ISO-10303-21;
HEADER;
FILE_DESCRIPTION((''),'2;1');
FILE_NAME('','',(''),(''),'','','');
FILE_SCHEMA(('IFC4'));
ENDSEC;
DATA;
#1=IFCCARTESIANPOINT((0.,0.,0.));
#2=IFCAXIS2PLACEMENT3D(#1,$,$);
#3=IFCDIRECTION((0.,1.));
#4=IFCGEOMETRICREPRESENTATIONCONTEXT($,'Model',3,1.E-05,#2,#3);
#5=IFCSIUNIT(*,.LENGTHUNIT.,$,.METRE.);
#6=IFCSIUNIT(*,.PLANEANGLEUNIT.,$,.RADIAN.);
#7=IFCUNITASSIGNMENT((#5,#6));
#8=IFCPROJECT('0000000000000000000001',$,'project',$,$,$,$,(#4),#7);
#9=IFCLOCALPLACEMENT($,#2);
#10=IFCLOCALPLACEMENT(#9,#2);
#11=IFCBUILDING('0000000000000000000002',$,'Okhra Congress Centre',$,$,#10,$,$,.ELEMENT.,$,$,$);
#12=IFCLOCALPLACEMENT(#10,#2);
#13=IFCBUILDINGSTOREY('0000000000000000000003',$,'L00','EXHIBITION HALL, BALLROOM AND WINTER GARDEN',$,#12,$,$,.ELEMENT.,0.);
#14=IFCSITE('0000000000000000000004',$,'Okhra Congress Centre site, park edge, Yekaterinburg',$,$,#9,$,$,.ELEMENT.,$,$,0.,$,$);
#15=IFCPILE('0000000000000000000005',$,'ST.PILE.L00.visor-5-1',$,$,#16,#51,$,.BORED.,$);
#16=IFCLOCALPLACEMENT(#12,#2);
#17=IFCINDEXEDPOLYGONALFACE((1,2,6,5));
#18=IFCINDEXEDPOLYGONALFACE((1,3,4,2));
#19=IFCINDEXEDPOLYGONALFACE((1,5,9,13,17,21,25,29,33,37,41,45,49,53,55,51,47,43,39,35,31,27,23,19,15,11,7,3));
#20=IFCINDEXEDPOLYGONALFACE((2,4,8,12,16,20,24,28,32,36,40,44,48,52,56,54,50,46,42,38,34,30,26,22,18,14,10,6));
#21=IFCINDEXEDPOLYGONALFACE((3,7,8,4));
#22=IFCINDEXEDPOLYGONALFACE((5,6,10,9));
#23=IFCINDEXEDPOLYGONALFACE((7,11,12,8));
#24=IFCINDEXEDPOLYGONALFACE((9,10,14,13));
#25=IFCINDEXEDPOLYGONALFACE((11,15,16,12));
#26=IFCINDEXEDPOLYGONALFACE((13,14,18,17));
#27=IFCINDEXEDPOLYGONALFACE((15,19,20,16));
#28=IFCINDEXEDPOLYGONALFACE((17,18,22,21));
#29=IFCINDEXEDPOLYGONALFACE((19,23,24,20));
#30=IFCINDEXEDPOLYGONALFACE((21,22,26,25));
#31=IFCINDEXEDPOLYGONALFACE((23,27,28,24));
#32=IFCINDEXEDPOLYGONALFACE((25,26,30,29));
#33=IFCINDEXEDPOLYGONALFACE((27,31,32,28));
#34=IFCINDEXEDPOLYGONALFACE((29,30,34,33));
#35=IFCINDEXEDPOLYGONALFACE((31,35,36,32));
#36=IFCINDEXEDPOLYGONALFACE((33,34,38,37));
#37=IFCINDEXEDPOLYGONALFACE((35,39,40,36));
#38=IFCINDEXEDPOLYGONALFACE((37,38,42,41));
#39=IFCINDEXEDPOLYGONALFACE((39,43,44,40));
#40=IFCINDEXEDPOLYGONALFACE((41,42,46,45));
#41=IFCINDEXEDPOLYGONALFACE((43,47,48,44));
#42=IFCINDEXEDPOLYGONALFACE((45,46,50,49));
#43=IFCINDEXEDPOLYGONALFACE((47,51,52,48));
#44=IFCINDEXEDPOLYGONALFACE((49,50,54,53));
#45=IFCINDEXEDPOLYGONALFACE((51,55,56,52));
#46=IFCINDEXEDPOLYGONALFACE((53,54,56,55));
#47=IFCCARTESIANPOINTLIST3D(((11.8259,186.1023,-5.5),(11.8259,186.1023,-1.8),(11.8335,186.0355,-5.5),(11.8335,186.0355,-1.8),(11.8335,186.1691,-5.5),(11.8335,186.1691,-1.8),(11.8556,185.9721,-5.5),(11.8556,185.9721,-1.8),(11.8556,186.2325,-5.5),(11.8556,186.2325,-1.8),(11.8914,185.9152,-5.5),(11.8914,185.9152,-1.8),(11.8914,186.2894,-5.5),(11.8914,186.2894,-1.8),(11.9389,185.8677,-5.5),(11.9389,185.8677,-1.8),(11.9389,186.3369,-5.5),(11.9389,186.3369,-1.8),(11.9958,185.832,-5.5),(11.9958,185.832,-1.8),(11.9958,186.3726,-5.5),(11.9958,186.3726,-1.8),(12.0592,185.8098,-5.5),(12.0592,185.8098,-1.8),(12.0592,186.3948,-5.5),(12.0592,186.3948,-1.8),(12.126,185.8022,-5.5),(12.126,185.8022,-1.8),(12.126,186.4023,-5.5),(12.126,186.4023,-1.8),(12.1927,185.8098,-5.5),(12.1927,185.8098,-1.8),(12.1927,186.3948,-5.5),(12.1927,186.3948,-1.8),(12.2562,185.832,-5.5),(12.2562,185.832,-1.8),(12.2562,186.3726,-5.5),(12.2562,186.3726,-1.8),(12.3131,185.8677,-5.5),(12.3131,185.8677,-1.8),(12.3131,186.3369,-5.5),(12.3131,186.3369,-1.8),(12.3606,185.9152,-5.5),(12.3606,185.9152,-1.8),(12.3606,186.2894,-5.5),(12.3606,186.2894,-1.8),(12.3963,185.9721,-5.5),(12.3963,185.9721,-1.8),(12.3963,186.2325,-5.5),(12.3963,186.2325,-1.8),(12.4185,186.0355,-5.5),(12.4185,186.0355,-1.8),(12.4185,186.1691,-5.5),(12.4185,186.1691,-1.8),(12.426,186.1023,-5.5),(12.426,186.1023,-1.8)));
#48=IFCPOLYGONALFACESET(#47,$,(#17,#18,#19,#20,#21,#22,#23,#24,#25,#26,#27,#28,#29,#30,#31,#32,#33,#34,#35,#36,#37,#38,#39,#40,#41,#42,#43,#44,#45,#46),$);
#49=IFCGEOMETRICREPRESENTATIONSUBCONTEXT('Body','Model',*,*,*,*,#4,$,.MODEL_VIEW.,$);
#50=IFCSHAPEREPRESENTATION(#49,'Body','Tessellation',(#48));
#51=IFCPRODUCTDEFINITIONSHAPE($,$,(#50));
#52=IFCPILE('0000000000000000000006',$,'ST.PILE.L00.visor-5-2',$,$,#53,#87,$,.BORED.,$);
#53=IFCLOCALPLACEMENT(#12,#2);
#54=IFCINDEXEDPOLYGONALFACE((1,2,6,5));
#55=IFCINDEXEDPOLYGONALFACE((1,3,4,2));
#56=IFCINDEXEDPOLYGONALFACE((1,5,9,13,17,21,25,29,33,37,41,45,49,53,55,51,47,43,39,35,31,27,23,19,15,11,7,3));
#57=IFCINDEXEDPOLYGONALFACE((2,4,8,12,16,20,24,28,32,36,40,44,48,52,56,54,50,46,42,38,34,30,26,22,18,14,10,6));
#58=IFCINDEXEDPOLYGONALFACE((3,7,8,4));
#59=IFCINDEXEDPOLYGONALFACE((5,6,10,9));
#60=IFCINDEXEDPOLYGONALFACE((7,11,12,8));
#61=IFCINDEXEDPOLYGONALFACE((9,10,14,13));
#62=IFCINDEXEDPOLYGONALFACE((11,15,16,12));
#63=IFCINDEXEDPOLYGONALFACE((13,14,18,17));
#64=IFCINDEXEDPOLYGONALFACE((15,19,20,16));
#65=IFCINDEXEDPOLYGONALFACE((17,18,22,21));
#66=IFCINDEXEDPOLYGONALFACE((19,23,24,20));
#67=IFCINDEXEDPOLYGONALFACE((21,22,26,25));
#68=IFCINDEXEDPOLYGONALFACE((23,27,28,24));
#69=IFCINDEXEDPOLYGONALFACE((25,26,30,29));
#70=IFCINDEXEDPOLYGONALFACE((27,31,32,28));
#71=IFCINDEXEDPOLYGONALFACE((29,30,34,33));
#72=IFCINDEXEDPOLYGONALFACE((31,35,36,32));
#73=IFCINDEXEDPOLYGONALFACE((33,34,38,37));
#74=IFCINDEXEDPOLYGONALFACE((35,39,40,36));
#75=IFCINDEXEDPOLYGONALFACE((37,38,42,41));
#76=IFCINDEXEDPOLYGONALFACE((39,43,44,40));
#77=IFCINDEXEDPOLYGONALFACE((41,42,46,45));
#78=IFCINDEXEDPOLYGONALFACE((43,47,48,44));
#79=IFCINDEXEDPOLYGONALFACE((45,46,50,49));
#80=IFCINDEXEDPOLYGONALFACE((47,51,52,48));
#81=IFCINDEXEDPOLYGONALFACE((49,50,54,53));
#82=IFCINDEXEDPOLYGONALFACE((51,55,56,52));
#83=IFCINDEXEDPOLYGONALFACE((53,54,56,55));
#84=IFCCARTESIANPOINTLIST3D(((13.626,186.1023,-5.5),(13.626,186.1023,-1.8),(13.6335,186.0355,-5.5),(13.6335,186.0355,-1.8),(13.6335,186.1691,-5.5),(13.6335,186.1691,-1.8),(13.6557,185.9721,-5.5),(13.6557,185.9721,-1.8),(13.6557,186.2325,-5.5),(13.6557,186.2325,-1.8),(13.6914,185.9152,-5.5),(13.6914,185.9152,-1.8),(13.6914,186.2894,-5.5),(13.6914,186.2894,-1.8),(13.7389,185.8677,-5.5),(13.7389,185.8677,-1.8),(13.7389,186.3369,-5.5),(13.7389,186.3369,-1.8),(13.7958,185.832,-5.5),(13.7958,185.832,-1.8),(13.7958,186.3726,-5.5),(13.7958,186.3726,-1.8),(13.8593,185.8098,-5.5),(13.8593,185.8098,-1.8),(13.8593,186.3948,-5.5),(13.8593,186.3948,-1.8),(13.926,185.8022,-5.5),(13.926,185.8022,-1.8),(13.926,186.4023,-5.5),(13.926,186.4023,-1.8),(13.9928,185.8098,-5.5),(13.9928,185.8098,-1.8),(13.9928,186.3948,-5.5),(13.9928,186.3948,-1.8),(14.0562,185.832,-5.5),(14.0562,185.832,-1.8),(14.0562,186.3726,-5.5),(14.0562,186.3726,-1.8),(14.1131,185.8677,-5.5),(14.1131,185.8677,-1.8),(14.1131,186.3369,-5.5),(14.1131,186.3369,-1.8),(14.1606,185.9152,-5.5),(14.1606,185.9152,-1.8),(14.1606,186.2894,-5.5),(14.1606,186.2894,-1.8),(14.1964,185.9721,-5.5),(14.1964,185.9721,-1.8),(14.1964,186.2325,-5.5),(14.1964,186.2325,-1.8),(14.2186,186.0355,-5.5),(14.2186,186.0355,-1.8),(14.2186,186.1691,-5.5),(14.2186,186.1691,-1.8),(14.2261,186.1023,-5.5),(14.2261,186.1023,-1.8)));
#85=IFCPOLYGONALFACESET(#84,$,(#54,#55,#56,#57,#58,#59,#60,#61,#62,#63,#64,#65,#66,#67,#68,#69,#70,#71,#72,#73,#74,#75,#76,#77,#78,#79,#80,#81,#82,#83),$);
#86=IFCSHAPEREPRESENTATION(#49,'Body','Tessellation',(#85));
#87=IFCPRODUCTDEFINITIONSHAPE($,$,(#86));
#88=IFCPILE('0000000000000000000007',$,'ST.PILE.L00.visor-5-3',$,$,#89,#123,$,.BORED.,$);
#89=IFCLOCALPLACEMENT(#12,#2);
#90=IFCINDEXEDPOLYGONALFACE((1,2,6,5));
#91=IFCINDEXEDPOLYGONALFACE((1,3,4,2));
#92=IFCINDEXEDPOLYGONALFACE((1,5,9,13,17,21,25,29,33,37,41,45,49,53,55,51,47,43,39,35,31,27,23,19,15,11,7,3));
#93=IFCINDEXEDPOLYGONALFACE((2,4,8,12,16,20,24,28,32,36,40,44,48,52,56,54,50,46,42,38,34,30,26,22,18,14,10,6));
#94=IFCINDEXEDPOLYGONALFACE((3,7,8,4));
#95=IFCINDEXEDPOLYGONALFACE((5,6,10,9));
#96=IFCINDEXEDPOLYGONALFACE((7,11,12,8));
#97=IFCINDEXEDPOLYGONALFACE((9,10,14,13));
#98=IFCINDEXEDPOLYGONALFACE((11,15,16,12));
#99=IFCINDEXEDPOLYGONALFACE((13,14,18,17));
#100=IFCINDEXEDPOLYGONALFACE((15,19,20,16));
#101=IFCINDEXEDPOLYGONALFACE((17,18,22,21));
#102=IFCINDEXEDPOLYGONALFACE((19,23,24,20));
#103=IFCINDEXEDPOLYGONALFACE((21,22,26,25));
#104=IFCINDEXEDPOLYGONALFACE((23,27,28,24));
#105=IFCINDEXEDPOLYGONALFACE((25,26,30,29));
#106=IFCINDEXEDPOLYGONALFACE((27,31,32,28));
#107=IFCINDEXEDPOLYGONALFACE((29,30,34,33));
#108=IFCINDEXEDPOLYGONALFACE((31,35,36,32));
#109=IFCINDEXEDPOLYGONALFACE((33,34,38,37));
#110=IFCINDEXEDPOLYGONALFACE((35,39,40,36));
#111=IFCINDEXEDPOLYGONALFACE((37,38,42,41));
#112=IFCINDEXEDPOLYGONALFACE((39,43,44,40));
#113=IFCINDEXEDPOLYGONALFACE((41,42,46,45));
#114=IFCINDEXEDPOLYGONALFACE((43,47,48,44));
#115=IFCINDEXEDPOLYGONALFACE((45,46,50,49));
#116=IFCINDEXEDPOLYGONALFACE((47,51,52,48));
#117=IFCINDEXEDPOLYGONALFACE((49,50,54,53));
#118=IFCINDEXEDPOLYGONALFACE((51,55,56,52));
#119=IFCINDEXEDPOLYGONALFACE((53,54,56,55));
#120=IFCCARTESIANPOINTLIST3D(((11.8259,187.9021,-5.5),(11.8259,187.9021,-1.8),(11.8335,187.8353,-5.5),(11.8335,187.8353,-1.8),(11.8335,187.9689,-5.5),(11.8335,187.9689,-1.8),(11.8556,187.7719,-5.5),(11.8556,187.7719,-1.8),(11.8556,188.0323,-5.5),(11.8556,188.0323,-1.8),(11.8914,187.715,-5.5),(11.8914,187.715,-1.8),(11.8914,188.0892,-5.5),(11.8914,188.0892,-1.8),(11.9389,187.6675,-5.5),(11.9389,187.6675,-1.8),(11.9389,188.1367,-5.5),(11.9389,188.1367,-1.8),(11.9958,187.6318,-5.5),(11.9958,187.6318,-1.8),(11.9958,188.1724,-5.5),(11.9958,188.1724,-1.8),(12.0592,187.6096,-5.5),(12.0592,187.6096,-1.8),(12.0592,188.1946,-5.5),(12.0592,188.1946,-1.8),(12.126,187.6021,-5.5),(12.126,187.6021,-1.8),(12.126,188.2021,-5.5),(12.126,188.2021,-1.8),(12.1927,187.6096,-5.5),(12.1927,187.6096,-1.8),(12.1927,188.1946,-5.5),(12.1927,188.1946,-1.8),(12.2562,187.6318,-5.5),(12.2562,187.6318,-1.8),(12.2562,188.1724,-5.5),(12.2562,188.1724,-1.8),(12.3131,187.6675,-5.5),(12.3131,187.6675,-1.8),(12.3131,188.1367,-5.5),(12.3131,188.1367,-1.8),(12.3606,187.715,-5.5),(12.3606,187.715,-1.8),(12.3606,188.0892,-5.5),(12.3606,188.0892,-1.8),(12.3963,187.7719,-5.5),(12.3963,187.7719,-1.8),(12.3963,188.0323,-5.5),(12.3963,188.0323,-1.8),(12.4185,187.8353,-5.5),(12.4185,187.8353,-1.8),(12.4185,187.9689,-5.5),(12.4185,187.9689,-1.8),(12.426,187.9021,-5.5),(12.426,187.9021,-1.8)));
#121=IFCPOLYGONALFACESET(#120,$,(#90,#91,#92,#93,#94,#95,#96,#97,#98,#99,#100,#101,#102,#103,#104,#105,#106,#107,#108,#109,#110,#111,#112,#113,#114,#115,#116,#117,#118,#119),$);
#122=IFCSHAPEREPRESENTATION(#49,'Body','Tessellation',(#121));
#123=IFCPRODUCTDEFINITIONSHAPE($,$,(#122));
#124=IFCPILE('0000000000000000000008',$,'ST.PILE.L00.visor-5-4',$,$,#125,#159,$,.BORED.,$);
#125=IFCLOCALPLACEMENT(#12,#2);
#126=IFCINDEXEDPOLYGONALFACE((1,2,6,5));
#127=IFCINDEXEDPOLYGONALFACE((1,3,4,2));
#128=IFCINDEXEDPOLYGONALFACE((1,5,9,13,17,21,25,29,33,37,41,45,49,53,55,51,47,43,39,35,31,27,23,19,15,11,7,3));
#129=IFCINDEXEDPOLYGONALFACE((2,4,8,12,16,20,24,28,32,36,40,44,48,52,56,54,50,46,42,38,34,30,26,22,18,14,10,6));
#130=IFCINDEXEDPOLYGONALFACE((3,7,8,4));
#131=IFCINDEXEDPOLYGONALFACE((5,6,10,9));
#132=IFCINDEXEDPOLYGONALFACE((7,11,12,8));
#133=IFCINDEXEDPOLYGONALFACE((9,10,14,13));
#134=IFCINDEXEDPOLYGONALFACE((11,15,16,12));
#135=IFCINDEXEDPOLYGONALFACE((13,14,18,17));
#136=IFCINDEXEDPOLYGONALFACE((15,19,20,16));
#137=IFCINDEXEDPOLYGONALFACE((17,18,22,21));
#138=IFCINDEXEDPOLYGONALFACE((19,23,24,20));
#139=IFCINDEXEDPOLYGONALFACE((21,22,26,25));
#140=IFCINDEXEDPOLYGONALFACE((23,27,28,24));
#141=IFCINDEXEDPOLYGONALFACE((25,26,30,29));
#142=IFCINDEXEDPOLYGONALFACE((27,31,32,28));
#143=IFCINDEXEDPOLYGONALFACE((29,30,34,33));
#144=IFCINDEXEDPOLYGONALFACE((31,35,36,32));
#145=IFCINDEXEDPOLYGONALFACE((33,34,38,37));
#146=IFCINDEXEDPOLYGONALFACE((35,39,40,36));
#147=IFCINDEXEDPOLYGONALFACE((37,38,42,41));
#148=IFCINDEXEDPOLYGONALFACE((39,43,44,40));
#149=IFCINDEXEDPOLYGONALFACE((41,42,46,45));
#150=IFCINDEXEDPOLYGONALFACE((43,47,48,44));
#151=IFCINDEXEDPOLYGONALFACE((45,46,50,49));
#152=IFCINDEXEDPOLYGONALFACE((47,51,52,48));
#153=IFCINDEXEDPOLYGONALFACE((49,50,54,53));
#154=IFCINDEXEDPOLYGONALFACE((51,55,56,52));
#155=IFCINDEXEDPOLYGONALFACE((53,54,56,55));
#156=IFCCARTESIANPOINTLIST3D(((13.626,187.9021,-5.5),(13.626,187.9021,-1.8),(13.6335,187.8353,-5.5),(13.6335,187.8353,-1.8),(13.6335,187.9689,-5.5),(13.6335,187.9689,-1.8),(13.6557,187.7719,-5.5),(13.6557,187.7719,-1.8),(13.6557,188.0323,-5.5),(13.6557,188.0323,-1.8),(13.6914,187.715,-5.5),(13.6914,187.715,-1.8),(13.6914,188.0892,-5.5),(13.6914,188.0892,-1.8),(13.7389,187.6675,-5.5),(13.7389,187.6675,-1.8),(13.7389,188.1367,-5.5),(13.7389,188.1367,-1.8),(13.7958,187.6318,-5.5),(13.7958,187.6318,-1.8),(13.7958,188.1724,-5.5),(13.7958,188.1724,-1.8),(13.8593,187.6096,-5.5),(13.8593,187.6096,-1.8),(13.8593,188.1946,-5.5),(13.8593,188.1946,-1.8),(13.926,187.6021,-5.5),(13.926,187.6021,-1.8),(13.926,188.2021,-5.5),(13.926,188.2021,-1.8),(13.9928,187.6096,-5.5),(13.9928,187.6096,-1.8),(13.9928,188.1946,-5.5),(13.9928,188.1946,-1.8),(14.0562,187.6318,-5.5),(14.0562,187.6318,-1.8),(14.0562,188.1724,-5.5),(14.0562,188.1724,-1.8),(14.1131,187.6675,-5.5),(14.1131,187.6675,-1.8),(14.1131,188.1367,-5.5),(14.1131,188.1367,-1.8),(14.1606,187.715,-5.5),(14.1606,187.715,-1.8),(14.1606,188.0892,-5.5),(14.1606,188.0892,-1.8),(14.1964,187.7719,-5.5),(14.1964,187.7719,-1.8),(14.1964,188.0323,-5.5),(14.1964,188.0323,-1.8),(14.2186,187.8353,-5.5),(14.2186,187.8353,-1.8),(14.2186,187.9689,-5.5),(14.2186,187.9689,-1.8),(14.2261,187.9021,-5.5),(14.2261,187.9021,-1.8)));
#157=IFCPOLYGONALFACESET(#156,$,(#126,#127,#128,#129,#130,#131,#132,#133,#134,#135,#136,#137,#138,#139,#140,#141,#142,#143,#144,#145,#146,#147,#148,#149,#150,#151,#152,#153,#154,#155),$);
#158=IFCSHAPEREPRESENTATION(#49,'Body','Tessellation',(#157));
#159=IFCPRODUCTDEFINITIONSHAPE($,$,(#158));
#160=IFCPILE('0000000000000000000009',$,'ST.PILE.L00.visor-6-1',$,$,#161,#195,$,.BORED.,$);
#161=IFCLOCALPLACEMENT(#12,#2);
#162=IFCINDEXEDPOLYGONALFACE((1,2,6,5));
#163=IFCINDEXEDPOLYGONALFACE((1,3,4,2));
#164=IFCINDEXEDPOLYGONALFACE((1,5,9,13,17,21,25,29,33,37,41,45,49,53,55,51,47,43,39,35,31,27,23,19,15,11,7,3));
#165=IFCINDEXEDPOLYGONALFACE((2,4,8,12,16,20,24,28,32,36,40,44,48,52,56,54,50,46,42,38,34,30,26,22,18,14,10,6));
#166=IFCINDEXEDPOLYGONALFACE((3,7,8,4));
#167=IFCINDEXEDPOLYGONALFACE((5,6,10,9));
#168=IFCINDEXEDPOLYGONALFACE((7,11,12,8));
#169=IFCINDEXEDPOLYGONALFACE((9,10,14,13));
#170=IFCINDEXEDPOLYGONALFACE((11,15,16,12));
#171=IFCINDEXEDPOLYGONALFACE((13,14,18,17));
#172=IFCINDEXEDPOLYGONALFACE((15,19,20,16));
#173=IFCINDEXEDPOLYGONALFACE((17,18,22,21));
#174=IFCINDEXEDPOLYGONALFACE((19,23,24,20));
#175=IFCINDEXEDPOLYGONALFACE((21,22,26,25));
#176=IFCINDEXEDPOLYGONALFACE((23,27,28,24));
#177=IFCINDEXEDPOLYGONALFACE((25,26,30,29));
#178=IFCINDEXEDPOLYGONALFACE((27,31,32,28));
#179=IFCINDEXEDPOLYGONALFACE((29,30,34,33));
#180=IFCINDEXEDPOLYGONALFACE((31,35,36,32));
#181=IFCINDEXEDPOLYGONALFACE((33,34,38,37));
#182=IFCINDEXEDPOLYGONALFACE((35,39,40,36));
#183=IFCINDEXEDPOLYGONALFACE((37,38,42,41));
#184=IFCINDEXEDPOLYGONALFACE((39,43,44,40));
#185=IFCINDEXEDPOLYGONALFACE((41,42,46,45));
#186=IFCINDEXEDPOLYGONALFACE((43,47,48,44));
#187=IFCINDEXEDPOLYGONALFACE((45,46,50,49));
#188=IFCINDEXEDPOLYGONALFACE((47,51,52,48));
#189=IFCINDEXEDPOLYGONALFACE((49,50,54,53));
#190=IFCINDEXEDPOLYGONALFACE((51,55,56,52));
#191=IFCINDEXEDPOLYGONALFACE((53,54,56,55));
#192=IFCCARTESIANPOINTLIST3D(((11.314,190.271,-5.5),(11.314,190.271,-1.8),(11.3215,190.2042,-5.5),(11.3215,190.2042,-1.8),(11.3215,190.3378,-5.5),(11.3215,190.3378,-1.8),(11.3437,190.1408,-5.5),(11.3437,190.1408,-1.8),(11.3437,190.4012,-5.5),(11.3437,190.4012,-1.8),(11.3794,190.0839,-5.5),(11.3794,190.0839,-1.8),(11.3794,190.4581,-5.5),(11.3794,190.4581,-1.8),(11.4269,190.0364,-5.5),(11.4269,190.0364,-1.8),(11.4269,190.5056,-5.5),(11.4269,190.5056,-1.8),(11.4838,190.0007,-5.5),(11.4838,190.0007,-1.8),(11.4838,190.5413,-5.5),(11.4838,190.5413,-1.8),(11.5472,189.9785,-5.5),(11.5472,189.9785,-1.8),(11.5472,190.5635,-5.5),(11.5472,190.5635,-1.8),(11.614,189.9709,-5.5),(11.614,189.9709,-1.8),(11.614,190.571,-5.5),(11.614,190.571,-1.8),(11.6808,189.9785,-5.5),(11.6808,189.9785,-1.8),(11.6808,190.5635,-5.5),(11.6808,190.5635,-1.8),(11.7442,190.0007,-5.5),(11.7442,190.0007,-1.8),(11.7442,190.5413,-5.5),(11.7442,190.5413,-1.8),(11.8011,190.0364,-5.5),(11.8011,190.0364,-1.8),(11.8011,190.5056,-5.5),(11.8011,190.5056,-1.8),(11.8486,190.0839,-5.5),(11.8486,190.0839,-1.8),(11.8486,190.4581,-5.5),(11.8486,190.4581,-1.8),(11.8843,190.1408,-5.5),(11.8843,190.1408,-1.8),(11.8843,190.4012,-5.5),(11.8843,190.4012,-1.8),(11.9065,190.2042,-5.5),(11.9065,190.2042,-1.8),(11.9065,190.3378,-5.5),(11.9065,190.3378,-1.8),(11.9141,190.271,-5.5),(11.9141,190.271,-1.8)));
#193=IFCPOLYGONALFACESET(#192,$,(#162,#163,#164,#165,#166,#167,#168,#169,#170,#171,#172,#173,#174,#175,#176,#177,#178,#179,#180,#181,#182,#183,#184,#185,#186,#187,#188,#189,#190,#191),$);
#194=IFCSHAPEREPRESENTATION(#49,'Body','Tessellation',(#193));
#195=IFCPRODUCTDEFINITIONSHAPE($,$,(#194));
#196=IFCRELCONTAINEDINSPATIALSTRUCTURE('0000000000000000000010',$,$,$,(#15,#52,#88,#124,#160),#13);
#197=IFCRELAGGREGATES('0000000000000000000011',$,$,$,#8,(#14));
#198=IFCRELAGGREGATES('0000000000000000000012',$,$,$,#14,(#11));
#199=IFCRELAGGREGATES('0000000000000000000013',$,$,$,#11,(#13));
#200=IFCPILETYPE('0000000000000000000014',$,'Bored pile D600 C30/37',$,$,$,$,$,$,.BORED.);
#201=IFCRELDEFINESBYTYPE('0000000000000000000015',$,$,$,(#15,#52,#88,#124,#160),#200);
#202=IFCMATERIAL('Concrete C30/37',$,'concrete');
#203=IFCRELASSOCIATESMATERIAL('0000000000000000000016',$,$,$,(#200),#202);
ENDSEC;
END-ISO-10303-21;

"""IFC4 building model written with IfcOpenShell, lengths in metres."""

from ifc_helpers import new_model, si_unit, direction, frame, origin, origin_2d, place, context, subcontext, project, spatial, circle, extrude, material, material_profile, profile_set, type_object, element, save


model = new_model("IFC4")

# Units and contexts
model_context = context("Model", 3, precision=1e-05, world=origin(), true_north=direction((0.0, 1.0)))
body_context = subcontext(model_context, "Body", "Model", "MODEL_VIEW")
ifc_project = project(units=[si_unit("LENGTHUNIT", "METRE"), si_unit("PLANEANGLEUNIT", "RADIAN")], contexts=[model_context])

# Site, building, storey
site_placement = place(None, origin())
site = spatial("IfcSite", under=ifc_project, at=site_placement, Name="Okhra Congress Centre site, park edge, Yekaterinburg", CompositionType="ELEMENT", RefElevation=0.0)
building_placement = place(site_placement, origin())
building = spatial("IfcBuilding", under=site, at=building_placement, Name="Okhra Congress Centre", CompositionType="ELEMENT")
storey_placement = place(building_placement, origin())
storey = spatial("IfcBuildingStorey", under=building, at=storey_placement, Name="L00", Description="EXHIBITION HALL, BALLROOM AND WINTER GARDEN", CompositionType="ELEMENT", Elevation=0.0)

# Piles
ifc_material_1 = material(Name="Concrete C30/37", Category="concrete")
ifc_material_profile_1 = material_profile(ifc_material_1, circle(Radius=0.3, at=origin_2d()), Name="D600")
ifc_profile_set_1 = profile_set([ifc_material_profile_1], Name="Concrete C30/37")
pile_type = type_object("IfcPileType", Name="Bored pile D600 C30/37", PredefinedType="BORED", material=ifc_profile_set_1)
for number, where, z_axis, x_axis, name in (
    (1, (12.126, 186.1023, -1.8), (0.0, 0.0, -1.0), (1.0, 0.0, 0.0), "ST.PILE.L00.visor-5-1"),
    (2, (13.926, 186.1023, -1.8), (0.0, 0.0, -1.0), (1.0, 0.0, 0.0), "ST.PILE.L00.visor-5-2"),
    (3, (12.126, 187.9021, -1.8), (0.0, 0.0, -1.0), (1.0, 0.0, 0.0), "ST.PILE.L00.visor-5-3"),
    (4, (13.926, 187.9021, -1.8), (0.0, 0.0, -1.0), (1.0, 0.0, 0.0), "ST.PILE.L00.visor-5-4"),
    (5, (11.614, 190.271, -1.8), (0.0, 0.0, -1.0), (1.0, 0.0, 0.0), "ST.PILE.L00.visor-6-1"),
):
    element("IfcPile", number, at=place(storey_placement, frame(where, z_axis=z_axis, x_axis=x_axis)), inside=storey, type_object=pile_type, Name=name, PredefinedType="BORED", context=body_context, shape_type="SweptSolid", body=[
        extrude(circle(Radius=0.3, at=origin_2d()), origin(), (0.0, 0.0, 1.0), 3.7),
    ])

save(model, "model.ifc")
